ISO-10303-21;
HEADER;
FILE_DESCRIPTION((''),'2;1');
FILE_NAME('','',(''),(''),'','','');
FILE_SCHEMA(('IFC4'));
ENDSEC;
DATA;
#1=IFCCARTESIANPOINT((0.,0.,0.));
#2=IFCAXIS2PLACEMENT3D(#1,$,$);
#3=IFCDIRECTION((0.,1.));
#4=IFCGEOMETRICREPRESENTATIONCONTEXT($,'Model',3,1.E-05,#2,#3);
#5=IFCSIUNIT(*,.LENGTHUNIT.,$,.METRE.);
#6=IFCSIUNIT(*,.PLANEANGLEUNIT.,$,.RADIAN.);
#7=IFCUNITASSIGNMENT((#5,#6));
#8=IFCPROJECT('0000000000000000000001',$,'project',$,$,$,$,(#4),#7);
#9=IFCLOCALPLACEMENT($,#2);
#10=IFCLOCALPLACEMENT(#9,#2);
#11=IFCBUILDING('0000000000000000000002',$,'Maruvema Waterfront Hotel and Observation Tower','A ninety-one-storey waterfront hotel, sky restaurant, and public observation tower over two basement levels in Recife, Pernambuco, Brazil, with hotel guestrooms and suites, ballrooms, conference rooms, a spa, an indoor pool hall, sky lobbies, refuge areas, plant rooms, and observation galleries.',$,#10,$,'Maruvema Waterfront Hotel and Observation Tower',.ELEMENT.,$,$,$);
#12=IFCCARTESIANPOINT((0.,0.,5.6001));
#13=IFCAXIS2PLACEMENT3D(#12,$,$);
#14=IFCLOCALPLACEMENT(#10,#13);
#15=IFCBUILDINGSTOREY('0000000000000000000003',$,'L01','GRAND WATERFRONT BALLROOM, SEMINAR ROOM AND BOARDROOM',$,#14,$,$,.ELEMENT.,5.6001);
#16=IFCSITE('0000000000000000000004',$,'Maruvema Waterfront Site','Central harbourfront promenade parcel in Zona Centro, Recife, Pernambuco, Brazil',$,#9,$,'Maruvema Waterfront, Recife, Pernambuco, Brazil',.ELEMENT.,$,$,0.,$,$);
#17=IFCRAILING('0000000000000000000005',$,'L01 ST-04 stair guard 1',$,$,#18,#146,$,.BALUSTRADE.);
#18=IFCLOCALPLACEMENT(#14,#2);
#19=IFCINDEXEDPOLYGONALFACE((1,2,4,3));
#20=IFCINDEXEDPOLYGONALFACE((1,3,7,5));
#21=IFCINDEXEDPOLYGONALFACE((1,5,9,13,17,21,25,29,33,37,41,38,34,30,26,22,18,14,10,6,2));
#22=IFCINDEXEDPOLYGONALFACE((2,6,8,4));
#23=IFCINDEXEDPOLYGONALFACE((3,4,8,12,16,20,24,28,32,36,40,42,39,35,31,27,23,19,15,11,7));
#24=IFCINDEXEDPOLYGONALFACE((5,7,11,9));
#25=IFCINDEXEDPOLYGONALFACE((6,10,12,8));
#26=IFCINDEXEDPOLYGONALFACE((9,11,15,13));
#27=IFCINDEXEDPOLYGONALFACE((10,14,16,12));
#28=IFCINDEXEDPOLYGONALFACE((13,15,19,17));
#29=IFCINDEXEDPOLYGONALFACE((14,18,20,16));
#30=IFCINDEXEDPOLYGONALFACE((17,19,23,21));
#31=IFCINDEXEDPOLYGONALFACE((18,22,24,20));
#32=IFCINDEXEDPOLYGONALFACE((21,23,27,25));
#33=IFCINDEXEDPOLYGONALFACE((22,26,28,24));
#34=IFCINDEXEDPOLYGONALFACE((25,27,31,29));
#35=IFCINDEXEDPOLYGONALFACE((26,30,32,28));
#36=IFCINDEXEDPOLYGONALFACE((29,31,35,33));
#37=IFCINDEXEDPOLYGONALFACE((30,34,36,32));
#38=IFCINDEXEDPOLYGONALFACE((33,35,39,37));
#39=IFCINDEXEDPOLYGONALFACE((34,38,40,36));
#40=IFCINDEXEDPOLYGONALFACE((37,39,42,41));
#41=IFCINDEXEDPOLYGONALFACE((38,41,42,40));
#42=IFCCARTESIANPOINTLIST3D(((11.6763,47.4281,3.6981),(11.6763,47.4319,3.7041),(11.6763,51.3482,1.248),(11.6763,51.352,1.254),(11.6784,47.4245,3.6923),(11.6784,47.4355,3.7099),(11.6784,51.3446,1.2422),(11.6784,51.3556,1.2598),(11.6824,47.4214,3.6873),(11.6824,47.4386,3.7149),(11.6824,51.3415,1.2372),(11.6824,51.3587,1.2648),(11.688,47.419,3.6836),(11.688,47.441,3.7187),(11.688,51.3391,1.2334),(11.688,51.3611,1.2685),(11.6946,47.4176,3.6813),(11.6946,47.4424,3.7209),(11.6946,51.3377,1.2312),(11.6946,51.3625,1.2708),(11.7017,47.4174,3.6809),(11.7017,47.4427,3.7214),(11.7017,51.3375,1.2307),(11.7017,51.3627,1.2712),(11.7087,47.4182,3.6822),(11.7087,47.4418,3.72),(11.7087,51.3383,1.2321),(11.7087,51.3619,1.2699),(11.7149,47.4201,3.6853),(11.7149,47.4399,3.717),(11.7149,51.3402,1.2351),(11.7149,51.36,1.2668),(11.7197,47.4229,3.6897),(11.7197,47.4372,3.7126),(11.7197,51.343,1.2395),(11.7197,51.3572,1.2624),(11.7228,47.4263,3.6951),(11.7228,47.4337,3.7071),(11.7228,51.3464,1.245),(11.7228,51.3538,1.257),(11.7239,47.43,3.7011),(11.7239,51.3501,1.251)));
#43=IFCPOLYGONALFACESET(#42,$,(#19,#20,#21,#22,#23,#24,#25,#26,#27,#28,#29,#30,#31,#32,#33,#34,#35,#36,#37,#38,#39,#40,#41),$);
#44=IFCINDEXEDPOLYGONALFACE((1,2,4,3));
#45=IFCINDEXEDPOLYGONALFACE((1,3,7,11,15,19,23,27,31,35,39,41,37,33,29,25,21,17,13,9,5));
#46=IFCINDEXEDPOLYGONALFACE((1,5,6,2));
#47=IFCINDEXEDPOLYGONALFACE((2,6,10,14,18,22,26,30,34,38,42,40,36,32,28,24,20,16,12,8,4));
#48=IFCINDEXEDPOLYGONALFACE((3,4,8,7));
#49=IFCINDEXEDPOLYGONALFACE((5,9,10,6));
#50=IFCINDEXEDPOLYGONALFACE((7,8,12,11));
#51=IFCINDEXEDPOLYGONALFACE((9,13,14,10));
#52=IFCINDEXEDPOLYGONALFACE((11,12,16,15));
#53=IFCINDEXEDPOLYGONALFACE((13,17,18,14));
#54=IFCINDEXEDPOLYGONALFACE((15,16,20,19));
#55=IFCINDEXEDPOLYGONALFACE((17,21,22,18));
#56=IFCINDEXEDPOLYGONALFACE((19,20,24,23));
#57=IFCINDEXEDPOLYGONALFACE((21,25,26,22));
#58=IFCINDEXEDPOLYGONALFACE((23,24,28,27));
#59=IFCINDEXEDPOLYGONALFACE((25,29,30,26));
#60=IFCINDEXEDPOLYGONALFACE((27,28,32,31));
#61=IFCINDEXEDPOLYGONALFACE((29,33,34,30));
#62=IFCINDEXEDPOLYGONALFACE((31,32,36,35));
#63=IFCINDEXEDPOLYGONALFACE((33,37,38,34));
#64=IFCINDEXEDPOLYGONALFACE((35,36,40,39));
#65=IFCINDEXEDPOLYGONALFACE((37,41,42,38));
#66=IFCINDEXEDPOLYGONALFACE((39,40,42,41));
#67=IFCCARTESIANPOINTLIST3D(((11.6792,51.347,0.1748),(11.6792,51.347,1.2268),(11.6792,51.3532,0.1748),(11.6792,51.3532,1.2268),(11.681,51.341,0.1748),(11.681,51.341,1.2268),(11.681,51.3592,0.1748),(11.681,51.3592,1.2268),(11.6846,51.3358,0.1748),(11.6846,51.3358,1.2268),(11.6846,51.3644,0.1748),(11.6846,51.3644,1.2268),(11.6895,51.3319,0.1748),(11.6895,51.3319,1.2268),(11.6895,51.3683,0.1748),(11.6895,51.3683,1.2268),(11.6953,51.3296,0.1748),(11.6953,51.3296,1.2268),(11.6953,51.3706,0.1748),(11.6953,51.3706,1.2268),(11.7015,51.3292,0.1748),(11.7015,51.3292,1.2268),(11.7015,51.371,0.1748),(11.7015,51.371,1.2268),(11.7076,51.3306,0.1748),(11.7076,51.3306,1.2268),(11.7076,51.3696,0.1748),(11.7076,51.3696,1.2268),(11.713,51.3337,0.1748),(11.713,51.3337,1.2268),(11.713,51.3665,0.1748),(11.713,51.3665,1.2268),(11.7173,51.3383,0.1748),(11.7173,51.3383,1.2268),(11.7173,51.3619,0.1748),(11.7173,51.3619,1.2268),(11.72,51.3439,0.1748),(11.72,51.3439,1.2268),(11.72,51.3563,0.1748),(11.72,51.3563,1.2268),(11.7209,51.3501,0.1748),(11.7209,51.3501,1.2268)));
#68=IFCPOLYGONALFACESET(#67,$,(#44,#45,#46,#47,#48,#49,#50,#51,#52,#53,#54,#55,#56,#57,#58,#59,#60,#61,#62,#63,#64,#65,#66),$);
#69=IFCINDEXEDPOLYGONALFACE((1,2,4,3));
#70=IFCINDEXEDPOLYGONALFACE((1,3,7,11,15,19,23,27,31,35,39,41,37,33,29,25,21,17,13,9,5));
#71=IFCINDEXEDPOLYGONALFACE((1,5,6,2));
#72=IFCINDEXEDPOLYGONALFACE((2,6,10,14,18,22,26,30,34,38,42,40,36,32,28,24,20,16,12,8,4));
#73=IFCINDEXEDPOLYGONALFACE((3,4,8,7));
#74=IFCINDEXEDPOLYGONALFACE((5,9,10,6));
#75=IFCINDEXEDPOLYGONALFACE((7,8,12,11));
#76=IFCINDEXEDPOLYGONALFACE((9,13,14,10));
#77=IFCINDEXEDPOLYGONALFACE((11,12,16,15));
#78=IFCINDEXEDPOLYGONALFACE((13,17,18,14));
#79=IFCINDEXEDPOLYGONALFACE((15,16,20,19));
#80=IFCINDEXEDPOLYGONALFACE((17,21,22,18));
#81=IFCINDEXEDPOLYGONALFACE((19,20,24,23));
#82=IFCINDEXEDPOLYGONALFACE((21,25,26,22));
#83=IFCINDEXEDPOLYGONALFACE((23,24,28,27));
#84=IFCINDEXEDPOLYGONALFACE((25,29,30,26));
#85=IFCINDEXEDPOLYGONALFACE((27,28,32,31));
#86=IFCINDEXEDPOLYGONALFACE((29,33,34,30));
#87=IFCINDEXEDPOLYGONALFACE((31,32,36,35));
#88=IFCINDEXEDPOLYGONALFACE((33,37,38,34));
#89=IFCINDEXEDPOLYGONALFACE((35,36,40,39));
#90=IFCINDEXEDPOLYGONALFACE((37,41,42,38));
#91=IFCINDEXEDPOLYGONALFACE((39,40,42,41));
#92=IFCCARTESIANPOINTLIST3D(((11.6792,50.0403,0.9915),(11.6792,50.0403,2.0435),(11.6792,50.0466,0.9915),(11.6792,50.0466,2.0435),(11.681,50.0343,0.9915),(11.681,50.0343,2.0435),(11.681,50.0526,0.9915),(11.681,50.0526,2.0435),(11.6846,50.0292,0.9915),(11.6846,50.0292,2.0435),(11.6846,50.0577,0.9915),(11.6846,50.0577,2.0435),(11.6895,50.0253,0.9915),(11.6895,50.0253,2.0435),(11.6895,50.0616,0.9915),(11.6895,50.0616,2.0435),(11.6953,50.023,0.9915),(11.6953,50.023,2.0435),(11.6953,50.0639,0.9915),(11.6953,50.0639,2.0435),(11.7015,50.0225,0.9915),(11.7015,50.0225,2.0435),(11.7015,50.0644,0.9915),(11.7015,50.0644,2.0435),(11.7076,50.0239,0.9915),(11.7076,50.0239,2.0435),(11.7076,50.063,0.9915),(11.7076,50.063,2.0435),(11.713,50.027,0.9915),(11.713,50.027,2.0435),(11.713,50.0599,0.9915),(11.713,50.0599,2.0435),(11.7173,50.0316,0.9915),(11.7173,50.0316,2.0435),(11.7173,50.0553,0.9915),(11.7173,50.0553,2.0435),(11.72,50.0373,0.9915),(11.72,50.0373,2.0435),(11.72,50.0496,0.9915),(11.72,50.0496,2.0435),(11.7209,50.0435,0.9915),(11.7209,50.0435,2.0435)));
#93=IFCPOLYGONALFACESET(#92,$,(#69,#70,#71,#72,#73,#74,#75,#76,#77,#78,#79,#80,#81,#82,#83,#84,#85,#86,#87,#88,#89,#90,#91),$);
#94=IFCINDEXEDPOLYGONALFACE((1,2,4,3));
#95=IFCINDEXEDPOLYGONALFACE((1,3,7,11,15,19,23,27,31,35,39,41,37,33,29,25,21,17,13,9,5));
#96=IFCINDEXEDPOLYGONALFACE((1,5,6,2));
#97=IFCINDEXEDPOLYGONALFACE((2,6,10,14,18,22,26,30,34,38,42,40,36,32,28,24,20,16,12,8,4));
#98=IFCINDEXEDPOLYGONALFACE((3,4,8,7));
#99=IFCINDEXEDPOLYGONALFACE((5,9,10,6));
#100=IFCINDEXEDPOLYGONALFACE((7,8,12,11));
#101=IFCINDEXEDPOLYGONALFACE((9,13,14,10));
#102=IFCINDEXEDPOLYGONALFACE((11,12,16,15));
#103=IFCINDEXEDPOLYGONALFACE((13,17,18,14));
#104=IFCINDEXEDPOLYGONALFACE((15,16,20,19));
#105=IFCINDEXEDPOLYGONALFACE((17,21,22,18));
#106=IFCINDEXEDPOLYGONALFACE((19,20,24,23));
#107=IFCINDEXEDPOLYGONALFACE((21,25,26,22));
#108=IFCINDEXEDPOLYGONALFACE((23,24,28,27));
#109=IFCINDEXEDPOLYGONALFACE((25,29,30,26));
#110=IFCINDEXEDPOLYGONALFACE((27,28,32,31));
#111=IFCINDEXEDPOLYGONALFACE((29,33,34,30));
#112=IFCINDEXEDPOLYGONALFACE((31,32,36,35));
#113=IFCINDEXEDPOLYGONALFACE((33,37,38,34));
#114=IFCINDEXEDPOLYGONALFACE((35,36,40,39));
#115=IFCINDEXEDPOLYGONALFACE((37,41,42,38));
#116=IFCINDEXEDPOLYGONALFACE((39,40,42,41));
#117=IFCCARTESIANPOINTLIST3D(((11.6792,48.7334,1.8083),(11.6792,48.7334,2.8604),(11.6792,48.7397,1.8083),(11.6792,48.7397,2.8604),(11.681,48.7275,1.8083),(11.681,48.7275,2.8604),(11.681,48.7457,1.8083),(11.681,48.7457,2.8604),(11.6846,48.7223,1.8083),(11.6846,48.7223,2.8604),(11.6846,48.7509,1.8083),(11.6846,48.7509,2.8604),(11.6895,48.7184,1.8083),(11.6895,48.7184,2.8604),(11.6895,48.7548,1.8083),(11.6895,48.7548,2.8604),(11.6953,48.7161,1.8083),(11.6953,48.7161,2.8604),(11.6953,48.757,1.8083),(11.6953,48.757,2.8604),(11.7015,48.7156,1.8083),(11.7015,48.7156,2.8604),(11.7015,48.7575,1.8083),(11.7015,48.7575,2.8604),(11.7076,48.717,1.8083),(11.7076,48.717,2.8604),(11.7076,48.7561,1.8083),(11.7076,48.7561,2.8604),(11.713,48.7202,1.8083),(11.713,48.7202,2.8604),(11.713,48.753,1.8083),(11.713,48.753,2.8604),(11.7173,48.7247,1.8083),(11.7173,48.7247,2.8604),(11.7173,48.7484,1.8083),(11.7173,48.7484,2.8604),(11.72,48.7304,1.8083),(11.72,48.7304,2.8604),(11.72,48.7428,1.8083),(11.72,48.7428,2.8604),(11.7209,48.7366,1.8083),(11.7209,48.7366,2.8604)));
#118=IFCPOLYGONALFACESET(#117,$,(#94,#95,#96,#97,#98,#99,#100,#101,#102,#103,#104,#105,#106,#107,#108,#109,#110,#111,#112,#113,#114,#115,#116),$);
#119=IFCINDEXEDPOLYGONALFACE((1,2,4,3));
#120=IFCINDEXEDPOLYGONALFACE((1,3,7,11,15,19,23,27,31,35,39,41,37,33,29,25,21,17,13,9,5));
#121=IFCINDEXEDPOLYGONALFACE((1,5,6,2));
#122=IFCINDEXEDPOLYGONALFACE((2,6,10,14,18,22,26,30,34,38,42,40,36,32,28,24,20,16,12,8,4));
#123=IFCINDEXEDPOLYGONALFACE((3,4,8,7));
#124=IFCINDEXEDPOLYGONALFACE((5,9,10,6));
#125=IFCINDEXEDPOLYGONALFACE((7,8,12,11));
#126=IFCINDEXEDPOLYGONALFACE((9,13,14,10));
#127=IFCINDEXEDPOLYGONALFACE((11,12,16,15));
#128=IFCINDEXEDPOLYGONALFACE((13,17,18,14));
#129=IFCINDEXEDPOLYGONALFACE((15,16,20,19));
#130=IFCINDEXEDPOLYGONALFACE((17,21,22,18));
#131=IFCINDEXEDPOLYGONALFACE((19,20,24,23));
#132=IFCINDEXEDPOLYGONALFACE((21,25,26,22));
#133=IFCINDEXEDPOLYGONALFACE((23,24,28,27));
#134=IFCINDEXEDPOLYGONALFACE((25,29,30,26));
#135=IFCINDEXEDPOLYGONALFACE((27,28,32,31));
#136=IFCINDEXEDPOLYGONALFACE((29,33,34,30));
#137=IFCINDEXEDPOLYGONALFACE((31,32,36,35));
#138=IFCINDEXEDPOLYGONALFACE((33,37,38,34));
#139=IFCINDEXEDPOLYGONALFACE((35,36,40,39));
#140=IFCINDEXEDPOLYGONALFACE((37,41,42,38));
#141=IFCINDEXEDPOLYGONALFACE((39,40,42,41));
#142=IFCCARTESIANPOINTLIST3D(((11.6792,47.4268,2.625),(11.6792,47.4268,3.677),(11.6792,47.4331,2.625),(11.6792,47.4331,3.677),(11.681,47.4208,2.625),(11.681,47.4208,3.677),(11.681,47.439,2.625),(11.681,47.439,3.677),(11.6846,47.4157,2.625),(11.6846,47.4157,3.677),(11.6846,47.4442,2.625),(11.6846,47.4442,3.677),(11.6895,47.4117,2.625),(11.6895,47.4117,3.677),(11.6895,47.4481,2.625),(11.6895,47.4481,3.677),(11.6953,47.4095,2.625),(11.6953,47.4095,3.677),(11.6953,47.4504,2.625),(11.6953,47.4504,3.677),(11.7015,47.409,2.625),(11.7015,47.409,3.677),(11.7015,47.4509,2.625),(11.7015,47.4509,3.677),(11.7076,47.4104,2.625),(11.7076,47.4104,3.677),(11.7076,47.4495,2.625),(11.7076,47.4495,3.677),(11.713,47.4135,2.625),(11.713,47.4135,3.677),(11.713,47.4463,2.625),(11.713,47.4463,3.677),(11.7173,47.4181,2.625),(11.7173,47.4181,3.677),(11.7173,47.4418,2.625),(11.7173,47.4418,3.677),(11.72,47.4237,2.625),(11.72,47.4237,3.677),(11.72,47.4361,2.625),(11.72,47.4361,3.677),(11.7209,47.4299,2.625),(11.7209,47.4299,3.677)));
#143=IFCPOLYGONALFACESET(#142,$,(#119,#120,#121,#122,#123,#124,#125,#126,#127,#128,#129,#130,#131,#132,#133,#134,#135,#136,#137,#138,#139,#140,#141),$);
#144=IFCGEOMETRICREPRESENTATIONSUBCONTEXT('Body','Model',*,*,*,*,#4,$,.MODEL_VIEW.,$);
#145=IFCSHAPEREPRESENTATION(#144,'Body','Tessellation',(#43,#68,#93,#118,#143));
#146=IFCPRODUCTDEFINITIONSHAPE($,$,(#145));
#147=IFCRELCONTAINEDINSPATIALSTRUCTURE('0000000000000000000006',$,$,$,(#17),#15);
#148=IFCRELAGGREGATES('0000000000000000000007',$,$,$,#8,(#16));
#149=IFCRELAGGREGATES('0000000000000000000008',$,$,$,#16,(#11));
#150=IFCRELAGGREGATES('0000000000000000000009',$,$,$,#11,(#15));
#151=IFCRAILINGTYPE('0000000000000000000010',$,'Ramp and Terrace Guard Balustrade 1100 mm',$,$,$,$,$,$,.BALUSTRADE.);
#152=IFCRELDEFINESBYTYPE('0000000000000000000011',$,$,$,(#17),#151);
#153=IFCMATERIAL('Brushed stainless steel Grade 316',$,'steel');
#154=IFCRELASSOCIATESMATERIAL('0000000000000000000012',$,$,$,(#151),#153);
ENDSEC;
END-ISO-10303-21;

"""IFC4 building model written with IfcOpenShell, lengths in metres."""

from ifc_helpers import new_model, si_unit, direction, frame, origin, origin_2d, place, context, subcontext, project, spatial, circle, extrude, material, type_object, element, save


model = new_model("IFC4")

# Units and contexts
model_context = context("Model", 3, precision=1e-05, world=origin(), true_north=direction((0.0, 1.0)))
body_context = subcontext(model_context, "Body", "Model", "MODEL_VIEW")
ifc_project = project(units=[si_unit("LENGTHUNIT", "METRE"), si_unit("PLANEANGLEUNIT", "RADIAN")], contexts=[model_context])

# Site, building, storey
site_placement = place(None, origin())
site = spatial("IfcSite", under=ifc_project, at=site_placement, Name="Maruvema Waterfront Site", Description="Central harbourfront promenade parcel in Zona Centro, Recife, Pernambuco, Brazil", LongName="Maruvema Waterfront, Recife, Pernambuco, Brazil", CompositionType="ELEMENT", RefElevation=0.0)
building_placement = place(site_placement, origin())
building = spatial("IfcBuilding", under=site, at=building_placement, Name="Maruvema Waterfront Hotel and Observation Tower", Description="A ninety-one-storey waterfront hotel, sky restaurant, and public observation tower over two basement levels in Recife, Pernambuco, Brazil, with hotel guestrooms and suites, ballrooms, conference rooms, a spa, an indoor pool hall, sky lobbies, refuge areas, plant rooms, and observation galleries.", LongName="Maruvema Waterfront Hotel and Observation Tower", CompositionType="ELEMENT")
storey_placement = place(building_placement, frame((0.0, 0.0, 5.6001)))
storey = spatial("IfcBuildingStorey", under=building, at=storey_placement, Name="L01", Description="GRAND WATERFRONT BALLROOM, SEMINAR ROOM AND BOARDROOM", CompositionType="ELEMENT", Elevation=5.6001)

# Railing
ifc_material_1 = material(Name="Brushed stainless steel Grade 316", Category="steel")
railing_type_1 = type_object("IfcRailingType", Name="Ramp and Terrace Guard Balustrade 1100 mm", PredefinedType="BALUSTRADE", material=ifc_material_1)
railing_1_placement = place(storey_placement, frame((11.7, 51.3501, 0.1748)))
element("IfcRailing", 1, at=railing_1_placement, inside=storey, type_object=railing_type_1, Name="L01 ST-04 stair guard 1", PredefinedType="BALUSTRADE", context=body_context, shape_type="SweptSolid", body=[
    extrude(circle(Radius=0.0239, at=origin_2d()), frame((0.0, 0.0, 1.0762), z_axis=(0.0, -0.847989, 0.530013), x_axis=(1.0, 0.0, 0.0)), (0.0, 0.0, 1.0), 4.6228),
    extrude(circle(Radius=0.021, at=origin_2d()), origin(), (0.0, 0.0, 1.0), 1.052),
    extrude(circle(Radius=0.021, at=origin_2d()), frame((0.0, -1.3066, 0.8167)), (0.0, 0.0, 1.0), 1.052),
    extrude(circle(Radius=0.021, at=origin_2d()), frame((0.0, -2.6135, 1.6335)), (0.0, 0.0, 1.0), 1.052),
    extrude(circle(Radius=0.021, at=origin_2d()), frame((0.0, -3.9202, 2.4502)), (0.0, 0.0, 1.0), 1.052),
])

save(model, "model.ifc")
